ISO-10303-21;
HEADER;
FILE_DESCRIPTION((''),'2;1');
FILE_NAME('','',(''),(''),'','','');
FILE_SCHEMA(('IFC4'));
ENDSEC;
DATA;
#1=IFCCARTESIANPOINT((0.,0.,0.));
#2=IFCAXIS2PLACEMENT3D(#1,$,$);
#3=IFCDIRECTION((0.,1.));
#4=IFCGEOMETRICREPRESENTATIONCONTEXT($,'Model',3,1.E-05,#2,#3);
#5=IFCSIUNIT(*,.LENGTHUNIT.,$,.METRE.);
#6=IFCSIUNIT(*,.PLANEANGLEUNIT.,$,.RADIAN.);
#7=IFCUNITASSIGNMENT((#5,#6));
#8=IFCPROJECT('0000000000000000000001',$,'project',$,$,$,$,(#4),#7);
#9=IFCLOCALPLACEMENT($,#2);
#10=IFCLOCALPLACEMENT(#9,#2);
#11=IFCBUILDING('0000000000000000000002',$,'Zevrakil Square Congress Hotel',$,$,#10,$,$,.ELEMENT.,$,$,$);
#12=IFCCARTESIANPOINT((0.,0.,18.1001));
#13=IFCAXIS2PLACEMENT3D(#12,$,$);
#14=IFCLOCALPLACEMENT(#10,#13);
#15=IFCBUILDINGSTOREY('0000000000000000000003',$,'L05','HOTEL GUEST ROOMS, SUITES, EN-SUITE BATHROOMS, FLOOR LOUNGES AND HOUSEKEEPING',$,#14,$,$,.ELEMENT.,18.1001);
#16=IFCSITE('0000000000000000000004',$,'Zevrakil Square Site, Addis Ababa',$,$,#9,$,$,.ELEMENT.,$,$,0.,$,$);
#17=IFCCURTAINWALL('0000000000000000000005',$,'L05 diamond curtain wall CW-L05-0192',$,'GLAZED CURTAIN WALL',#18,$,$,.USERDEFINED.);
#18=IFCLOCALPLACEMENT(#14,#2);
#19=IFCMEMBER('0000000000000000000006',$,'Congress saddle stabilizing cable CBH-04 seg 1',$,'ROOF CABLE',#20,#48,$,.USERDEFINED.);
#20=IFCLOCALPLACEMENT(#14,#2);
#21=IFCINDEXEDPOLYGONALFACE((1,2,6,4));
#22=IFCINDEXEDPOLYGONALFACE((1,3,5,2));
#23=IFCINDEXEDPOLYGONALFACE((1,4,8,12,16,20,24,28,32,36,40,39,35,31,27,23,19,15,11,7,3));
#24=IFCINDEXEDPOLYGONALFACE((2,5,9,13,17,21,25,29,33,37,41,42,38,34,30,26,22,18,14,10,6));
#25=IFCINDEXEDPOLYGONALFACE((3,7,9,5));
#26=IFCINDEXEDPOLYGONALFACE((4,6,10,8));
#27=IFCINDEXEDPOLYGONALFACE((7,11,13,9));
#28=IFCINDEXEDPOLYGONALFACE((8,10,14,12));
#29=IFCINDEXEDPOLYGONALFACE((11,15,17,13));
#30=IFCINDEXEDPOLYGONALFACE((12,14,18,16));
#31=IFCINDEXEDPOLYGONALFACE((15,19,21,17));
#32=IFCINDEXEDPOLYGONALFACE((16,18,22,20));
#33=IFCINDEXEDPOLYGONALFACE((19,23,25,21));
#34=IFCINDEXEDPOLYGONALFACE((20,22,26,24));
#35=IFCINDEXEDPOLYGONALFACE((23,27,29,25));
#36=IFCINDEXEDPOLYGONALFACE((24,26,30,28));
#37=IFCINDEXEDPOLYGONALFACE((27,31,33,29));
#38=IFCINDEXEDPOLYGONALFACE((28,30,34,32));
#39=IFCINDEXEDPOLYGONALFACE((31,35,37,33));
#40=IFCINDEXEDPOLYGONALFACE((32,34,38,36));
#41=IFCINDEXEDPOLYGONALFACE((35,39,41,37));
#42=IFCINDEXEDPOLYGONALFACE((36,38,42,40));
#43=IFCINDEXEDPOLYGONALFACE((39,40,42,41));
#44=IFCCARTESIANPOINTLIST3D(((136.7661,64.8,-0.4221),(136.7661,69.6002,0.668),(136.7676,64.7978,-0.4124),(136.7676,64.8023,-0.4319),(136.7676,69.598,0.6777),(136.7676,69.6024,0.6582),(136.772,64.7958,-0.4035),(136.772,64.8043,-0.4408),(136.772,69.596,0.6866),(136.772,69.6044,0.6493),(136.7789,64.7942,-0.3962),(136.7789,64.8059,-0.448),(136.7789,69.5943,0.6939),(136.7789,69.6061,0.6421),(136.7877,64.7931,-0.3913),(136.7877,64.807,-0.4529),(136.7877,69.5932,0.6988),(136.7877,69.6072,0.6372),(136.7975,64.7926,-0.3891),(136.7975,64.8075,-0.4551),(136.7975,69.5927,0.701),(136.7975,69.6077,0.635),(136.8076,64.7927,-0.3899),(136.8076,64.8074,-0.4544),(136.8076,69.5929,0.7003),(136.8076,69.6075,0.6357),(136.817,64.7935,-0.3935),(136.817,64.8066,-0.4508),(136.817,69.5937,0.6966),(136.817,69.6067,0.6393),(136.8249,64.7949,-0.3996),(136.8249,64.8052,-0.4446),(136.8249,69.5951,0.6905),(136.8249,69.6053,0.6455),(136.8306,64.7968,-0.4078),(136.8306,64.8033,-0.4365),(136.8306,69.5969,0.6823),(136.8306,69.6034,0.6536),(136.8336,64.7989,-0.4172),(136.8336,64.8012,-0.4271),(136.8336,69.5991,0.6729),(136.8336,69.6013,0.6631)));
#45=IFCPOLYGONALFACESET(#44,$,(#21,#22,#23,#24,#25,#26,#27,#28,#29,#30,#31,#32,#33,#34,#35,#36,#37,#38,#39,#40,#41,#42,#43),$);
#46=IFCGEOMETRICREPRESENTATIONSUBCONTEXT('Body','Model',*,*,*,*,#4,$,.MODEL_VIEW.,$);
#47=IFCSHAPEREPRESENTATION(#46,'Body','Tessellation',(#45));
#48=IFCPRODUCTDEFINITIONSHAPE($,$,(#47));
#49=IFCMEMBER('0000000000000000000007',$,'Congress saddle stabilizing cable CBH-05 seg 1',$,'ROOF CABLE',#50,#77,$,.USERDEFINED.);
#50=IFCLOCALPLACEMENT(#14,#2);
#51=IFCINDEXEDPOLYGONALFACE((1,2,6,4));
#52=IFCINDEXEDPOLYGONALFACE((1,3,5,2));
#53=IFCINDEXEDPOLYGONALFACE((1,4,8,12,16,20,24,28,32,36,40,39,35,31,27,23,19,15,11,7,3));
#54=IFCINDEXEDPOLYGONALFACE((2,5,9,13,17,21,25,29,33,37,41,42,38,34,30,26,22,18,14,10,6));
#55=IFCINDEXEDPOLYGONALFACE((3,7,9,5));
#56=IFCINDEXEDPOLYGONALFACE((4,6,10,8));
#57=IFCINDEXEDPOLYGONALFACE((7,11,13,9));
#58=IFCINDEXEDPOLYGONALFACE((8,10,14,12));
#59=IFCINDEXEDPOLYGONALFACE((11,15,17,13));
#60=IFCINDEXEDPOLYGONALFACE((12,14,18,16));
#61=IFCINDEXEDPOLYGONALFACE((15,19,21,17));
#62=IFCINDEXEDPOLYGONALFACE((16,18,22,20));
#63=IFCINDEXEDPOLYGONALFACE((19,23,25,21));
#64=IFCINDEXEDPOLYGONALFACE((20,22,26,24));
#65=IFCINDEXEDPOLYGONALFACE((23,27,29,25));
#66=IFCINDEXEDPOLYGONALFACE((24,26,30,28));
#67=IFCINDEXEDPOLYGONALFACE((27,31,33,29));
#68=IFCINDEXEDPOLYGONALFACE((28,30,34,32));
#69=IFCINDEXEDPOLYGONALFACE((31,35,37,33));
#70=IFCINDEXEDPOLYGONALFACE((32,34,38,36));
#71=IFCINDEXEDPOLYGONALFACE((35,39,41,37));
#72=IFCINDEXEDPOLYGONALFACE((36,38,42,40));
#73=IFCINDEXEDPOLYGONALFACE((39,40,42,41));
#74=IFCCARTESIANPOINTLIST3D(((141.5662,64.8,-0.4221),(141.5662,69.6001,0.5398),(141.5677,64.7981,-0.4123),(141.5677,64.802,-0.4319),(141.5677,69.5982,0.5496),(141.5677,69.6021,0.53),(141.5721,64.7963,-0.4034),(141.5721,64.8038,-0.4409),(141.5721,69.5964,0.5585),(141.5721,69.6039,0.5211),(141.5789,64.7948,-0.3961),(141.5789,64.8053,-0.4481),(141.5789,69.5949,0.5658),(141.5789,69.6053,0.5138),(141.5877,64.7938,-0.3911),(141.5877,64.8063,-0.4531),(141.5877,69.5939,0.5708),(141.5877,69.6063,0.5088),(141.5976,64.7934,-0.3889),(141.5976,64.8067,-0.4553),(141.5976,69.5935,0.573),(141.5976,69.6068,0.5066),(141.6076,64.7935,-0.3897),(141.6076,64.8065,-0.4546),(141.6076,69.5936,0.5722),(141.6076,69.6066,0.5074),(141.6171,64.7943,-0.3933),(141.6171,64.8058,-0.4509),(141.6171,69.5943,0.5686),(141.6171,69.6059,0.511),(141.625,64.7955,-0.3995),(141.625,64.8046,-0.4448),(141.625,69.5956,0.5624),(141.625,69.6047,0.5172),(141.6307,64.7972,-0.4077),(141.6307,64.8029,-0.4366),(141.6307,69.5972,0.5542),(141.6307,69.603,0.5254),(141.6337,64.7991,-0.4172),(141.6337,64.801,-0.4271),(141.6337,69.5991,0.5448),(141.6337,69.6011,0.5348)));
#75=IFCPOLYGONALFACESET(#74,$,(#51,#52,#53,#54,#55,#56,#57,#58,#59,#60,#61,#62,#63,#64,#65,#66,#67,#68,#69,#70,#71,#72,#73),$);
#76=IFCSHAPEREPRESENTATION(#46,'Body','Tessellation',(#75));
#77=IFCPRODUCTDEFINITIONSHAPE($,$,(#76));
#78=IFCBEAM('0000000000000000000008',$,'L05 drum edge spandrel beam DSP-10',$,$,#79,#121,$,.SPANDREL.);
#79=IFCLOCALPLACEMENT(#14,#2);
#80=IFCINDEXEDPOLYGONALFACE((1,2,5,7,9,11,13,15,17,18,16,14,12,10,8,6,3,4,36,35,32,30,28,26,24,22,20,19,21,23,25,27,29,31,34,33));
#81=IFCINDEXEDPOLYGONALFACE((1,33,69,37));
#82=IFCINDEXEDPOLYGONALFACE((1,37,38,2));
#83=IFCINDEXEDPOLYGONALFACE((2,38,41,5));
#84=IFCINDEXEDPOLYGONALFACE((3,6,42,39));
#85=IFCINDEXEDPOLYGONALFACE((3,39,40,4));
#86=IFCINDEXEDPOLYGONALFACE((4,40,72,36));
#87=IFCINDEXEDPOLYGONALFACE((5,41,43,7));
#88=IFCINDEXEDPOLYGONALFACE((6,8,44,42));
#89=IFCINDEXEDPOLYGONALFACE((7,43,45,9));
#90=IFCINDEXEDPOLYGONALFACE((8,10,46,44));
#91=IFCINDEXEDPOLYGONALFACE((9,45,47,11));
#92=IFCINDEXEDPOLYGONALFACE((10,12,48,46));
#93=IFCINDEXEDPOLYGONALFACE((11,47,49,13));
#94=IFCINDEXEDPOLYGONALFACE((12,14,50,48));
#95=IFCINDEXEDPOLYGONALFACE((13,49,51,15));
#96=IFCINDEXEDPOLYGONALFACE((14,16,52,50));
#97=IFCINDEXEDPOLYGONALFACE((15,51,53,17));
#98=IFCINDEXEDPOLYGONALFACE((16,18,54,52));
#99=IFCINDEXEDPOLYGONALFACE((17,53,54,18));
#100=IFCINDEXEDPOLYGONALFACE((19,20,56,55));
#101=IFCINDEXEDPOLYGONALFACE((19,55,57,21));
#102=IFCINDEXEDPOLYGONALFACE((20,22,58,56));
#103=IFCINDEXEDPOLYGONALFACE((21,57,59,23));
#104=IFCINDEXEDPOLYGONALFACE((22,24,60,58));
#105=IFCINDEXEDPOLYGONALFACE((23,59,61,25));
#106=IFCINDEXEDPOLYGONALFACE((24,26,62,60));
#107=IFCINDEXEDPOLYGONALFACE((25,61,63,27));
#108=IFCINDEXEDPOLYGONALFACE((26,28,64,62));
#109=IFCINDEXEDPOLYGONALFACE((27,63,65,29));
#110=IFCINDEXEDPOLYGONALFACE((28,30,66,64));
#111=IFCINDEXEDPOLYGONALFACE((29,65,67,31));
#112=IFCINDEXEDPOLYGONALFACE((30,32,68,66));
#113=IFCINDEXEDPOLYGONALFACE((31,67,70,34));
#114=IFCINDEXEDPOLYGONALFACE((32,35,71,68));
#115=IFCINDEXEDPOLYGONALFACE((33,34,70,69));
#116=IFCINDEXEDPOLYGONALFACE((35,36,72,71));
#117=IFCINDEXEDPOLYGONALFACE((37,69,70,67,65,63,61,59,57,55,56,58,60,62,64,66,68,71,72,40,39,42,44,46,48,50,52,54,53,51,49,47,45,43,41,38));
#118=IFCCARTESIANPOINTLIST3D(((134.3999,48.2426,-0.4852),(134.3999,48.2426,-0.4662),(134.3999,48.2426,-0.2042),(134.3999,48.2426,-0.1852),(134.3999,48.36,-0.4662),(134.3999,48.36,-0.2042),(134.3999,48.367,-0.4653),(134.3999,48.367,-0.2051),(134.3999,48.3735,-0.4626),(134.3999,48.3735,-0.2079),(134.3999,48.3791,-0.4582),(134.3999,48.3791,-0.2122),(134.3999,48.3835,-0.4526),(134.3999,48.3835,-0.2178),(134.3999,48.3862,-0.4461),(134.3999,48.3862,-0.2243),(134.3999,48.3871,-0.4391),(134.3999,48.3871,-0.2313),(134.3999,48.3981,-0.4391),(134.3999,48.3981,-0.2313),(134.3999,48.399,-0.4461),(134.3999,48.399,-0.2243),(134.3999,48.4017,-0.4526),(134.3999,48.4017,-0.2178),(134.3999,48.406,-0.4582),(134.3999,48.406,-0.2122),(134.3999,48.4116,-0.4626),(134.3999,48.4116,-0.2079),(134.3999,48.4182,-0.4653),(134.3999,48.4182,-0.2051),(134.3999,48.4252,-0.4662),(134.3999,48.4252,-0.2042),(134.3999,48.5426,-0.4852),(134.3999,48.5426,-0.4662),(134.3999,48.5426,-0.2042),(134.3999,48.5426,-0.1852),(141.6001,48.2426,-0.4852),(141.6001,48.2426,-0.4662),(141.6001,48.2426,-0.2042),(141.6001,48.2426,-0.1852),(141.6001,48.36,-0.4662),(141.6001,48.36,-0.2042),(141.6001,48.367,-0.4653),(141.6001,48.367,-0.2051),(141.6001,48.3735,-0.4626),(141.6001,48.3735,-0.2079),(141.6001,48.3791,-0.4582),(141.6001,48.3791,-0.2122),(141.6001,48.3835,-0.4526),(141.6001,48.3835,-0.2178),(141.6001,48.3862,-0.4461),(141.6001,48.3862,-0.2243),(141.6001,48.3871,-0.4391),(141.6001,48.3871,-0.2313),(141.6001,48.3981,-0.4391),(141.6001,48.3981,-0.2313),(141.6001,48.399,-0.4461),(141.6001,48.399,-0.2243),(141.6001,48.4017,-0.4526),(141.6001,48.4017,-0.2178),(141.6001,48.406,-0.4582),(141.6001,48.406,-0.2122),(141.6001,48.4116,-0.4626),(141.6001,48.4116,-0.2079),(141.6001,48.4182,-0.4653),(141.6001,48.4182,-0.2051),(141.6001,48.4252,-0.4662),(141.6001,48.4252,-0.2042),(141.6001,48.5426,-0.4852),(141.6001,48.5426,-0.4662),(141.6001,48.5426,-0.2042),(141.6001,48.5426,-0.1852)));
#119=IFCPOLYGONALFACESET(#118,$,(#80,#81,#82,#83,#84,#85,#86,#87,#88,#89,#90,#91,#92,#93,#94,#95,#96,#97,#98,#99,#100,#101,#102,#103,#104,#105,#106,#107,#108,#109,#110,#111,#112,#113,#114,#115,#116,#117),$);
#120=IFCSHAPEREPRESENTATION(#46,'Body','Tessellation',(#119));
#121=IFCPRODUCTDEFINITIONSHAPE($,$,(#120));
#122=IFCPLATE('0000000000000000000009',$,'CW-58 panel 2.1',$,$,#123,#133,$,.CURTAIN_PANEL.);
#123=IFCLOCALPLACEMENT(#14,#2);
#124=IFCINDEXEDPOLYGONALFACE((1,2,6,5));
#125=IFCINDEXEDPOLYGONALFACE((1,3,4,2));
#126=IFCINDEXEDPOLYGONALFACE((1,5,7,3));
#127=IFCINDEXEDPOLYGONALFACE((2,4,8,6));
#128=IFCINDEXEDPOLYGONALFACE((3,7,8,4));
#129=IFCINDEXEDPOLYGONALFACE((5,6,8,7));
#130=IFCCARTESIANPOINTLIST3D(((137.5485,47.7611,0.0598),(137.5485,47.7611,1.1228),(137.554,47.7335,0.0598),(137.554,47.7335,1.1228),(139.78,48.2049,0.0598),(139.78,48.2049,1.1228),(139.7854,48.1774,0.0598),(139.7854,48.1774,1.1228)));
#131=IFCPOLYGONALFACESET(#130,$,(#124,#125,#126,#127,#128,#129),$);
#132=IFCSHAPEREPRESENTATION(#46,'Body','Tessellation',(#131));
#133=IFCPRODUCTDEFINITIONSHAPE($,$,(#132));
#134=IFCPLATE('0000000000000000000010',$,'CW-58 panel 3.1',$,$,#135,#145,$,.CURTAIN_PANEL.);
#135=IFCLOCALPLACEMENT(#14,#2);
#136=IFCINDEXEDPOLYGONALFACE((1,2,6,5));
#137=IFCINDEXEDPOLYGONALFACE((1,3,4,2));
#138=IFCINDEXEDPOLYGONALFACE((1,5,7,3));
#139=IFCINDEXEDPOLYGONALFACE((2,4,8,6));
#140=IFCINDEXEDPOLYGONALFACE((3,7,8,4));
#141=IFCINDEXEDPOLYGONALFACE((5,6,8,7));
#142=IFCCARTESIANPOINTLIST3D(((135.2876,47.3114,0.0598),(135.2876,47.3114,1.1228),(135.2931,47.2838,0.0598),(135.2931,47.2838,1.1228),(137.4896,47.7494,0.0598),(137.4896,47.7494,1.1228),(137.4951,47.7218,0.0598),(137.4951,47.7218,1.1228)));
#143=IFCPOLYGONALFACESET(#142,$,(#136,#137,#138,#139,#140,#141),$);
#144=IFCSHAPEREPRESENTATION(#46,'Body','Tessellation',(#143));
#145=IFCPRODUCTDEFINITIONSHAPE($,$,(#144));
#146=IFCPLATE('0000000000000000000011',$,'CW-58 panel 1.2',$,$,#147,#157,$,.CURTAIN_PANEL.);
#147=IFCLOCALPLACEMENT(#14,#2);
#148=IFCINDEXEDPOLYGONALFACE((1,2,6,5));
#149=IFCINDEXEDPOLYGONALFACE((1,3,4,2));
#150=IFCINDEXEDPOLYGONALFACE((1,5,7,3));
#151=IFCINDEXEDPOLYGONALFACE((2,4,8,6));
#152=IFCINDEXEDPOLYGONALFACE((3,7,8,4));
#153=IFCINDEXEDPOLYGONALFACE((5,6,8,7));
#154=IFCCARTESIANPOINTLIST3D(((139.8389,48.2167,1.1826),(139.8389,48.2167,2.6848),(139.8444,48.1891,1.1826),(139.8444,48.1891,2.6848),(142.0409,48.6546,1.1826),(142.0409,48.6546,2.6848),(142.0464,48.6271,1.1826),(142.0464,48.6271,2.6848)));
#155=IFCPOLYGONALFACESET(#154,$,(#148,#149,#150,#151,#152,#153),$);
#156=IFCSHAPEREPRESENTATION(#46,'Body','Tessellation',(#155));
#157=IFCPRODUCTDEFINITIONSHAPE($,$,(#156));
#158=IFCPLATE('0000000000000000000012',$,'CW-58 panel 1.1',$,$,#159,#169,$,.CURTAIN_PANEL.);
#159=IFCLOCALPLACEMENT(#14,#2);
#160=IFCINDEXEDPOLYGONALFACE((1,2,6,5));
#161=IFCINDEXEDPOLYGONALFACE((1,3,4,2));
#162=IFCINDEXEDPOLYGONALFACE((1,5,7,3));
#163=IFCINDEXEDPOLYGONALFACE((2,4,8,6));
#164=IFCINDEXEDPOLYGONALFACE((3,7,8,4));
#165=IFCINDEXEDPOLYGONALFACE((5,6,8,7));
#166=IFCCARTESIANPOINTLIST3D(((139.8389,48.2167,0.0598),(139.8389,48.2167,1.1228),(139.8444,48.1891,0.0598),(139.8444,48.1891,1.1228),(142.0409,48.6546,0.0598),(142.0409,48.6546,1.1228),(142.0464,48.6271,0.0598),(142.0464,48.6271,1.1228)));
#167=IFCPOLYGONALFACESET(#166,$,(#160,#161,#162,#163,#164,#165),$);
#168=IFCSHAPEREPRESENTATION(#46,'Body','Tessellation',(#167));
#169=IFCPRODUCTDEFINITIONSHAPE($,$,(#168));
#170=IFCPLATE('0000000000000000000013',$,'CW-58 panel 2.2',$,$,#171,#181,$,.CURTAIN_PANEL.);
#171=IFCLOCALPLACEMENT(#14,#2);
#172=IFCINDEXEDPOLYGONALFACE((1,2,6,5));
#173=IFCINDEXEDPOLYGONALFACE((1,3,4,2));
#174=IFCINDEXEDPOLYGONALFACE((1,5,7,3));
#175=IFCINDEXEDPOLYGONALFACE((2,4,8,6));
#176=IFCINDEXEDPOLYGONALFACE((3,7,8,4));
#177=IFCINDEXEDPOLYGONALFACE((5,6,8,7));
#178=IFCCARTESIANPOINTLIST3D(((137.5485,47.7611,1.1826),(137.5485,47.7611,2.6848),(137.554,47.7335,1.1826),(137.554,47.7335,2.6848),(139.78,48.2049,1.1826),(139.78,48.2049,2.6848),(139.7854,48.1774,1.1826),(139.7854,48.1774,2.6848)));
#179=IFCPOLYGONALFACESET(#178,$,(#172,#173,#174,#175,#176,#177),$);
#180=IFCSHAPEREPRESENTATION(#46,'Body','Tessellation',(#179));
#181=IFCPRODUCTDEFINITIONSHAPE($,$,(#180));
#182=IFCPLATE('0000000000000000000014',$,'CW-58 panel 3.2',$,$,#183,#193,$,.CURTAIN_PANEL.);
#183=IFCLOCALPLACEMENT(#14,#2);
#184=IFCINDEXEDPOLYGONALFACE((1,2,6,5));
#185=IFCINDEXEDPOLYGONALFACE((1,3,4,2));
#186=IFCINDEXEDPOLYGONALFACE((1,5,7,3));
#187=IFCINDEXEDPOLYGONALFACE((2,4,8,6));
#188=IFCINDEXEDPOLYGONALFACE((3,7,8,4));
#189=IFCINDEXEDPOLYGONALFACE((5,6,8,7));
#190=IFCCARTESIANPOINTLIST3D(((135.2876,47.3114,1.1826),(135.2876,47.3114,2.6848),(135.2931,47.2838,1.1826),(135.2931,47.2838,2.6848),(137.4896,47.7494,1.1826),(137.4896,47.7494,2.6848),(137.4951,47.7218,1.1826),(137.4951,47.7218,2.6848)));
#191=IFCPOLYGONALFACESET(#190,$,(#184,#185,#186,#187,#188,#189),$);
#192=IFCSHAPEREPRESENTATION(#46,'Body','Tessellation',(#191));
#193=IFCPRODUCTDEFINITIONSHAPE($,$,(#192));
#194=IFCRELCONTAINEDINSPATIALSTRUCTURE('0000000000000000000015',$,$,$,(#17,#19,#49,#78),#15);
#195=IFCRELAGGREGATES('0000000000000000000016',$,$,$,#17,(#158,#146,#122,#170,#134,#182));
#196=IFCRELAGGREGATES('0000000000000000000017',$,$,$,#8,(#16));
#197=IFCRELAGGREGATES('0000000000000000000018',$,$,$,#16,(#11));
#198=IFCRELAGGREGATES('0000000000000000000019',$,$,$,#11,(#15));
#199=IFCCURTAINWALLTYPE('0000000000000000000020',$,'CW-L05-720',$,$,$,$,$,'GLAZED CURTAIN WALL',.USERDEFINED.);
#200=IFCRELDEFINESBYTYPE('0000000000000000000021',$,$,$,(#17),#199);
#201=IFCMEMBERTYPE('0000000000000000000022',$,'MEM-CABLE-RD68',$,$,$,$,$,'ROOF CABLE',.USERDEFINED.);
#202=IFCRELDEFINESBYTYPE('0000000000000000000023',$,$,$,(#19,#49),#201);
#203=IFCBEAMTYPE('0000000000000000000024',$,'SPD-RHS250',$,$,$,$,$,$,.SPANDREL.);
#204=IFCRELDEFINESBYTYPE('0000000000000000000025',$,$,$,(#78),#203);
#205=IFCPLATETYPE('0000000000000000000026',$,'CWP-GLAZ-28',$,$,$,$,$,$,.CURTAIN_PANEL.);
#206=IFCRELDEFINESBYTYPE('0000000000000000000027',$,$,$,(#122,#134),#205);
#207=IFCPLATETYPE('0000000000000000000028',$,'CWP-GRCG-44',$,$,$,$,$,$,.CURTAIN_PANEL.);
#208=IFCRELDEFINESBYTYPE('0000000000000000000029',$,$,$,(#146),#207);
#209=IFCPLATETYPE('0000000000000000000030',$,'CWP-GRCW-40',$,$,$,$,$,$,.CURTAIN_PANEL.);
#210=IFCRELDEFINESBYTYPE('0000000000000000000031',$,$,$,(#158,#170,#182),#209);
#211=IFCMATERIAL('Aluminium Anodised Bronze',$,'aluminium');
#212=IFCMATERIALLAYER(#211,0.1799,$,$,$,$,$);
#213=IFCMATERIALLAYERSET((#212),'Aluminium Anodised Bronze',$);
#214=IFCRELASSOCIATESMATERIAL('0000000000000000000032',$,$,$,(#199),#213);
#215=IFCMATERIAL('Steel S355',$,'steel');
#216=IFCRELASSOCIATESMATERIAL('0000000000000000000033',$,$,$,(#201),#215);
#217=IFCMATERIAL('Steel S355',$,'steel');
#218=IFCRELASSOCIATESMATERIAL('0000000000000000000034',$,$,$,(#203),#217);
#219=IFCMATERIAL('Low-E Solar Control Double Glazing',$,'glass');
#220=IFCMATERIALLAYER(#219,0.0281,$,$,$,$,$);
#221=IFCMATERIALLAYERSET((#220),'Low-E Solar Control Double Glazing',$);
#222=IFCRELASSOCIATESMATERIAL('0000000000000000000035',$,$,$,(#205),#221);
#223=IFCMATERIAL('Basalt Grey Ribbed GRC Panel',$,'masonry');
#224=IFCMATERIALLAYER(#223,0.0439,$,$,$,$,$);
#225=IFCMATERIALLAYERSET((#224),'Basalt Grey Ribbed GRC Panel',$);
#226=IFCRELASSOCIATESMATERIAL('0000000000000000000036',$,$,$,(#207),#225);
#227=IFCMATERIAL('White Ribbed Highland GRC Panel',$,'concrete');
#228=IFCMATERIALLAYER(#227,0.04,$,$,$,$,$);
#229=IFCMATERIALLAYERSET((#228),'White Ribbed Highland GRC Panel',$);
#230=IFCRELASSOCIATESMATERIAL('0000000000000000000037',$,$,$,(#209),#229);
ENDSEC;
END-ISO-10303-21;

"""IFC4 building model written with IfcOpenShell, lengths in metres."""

from ifc_helpers import new_model, si_unit, direction, frame, origin, origin_2d, place, context, subcontext, project, spatial, rectangle, circle, i_section, extrude, material, layer, layer_set, material_profile, profile_set, type_object, element, aggregate, save


model = new_model("IFC4")

# Units and contexts
model_context = context("Model", 3, precision=1e-05, world=origin(), true_north=direction((0.0, 1.0)))
body_context = subcontext(model_context, "Body", "Model", "MODEL_VIEW")
ifc_project = project(units=[si_unit("LENGTHUNIT", "METRE"), si_unit("PLANEANGLEUNIT", "RADIAN")], contexts=[model_context])

# Site, building, storey
site_placement = place(None, origin())
site = spatial("IfcSite", under=ifc_project, at=site_placement, Name="Zevrakil Square Site, Addis Ababa", CompositionType="ELEMENT", RefElevation=0.0)
building_placement = place(site_placement, origin())
building = spatial("IfcBuilding", under=site, at=building_placement, Name="Zevrakil Square Congress Hotel", CompositionType="ELEMENT")
storey_placement = place(building_placement, frame((0.0, 0.0, 18.1001)))
storey = spatial("IfcBuildingStorey", under=building, at=storey_placement, Name="L05", Description="HOTEL GUEST ROOMS, SUITES, EN-SUITE BATHROOMS, FLOOR LOUNGES AND HOUSEKEEPING", CompositionType="ELEMENT", Elevation=18.1001)

# Curtain wall
ifc_material_1 = material(Name="Aluminium Anodised Bronze", Category="aluminium")
ifc_layer_1 = layer(ifc_material_1, 0.1799)
ifc_layer_set_1 = layer_set([ifc_layer_1], Name="Aluminium Anodised Bronze")
curtain_wall_type_1 = type_object("IfcCurtainWallType", Name="CW-L05-720", ElementType="GLAZED CURTAIN WALL", PredefinedType="USERDEFINED", material=ifc_layer_set_1)
curtain_wall_1_placement = place(storey_placement, origin())
curtain_wall_1 = element("IfcCurtainWall", 1, at=curtain_wall_1_placement, inside=storey, type_object=curtain_wall_type_1, Name="L05 diamond curtain wall CW-L05-0192", ObjectType="GLAZED CURTAIN WALL", PredefinedType="USERDEFINED")

# Members
ifc_material_2 = material(Name="Steel S355", Category="steel")
ifc_material_profile_1 = material_profile(ifc_material_2, circle(Radius=0.0339, at=origin_2d()), Name="CABLE RD68")
ifc_profile_set_1 = profile_set([ifc_material_profile_1], Name="Steel S355")
member_type_1 = type_object("IfcMemberType", Name="MEM-CABLE-RD68", ElementType="ROOF CABLE", PredefinedType="USERDEFINED", material=ifc_profile_set_1)
member_1_placement = place(storey_placement, frame((136.8, 64.8, -0.4221), z_axis=(0.0, 0.975169, 0.22146), x_axis=(-1.0, 0.0, 0.0)))
element("IfcMember", 2, at=member_1_placement, inside=storey, type_object=member_type_1, Name="Congress saddle stabilizing cable CBH-04 seg 1", ObjectType="ROOF CABLE", PredefinedType="USERDEFINED", context=body_context, shape_type="SweptSolid", body=[
    extrude(circle(Radius=0.0339, at=origin_2d()), origin(), (0.0, 0.0, 1.0), 4.9224),
])
member_2_placement = place(storey_placement, frame((141.6001, 64.8, -0.4221), z_axis=(0.0, 0.980506, 0.19649), x_axis=(-1.0, 0.0, 0.0)))
element("IfcMember", 3, at=member_2_placement, inside=storey, type_object=member_type_1, Name="Congress saddle stabilizing cable CBH-05 seg 1", ObjectType="ROOF CABLE", PredefinedType="USERDEFINED", context=body_context, shape_type="SweptSolid", body=[
    extrude(circle(Radius=0.0339, at=origin_2d()), origin(), (0.0, 0.0, 1.0), 4.8955),
])

# Beam
ifc_material_3 = material(Name="Steel S355", Category="steel")
ifc_material_profile_2 = material_profile(ifc_material_3, i_section(OverallWidth=0.3, OverallDepth=0.3, WebThickness=0.011, FlangeThickness=0.019, FilletRadius=0.0271, at=origin_2d()), Name="HEB 300")
ifc_profile_set_2 = profile_set([ifc_material_profile_2], Name="Steel S355")
beam_type = type_object("IfcBeamType", Name="SPD-RHS250", PredefinedType="SPANDREL", material=ifc_profile_set_2)
beam_placement = place(storey_placement, frame((141.6001, 48.3926, -0.3352), z_axis=(-1.0, 0.0, 0.0), x_axis=(0.0, -1.0, 0.0)))
element("IfcBeam", 4, at=beam_placement, inside=storey, type_object=beam_type, Name="L05 drum edge spandrel beam DSP-10", PredefinedType="SPANDREL", context=body_context, shape_type="SweptSolid", body=[
    extrude(i_section(OverallWidth=0.3, OverallDepth=0.3, WebThickness=0.011, FlangeThickness=0.019, FilletRadius=0.0271, at=origin_2d()), origin(), (0.0, 0.0, 1.0), 7.2002),
])

# Plates
ifc_material_4 = material(Name="Low-E Solar Control Double Glazing", Category="glass")
ifc_layer_2 = layer(ifc_material_4, 0.0281)
ifc_layer_set_2 = layer_set([ifc_layer_2], Name="Low-E Solar Control Double Glazing")
plate_type_1 = type_object("IfcPlateType", Name="CWP-GLAZ-28", PredefinedType="CURTAIN_PANEL", material=ifc_layer_set_2)
plate_1_placement = place(storey_placement, frame((138.667, 47.9692, 0.0598), z_axis=(0.0, 0.0, 1.0), x_axis=(-0.980787, -0.195084, 0.0)))
plate_1 = element("IfcPlate", 5, at=plate_1_placement, type_object=plate_type_1, Name="CW-58 panel 2.1", PredefinedType="CURTAIN_PANEL", context=body_context, shape_type="SweptSolid", body=[
    extrude(rectangle(XDim=2.2751, YDim=0.0281, at=origin_2d()), origin(), (0.0, 0.0, 1.0), 1.063),
])
plate_2_placement = place(storey_placement, frame((136.3914, 47.5166, 0.0598), z_axis=(0.0, 0.0, 1.0), x_axis=(-0.980787, -0.195084, 0.0)))
plate_2 = element("IfcPlate", 6, at=plate_2_placement, type_object=plate_type_1, Name="CW-58 panel 3.1", PredefinedType="CURTAIN_PANEL", context=body_context, shape_type="SweptSolid", body=[
    extrude(rectangle(XDim=2.2451, YDim=0.0281, at=origin_2d()), origin(), (0.0, 0.0, 1.0), 1.063),
])
ifc_material_5 = material(Name="Basalt Grey Ribbed GRC Panel", Category="masonry")
ifc_layer_3 = layer(ifc_material_5, 0.0439)
ifc_layer_set_3 = layer_set([ifc_layer_3], Name="Basalt Grey Ribbed GRC Panel")
plate_type_2 = type_object("IfcPlateType", Name="CWP-GRCG-44", PredefinedType="CURTAIN_PANEL", material=ifc_layer_set_3)
plate_3_placement = place(storey_placement, frame((140.9426, 48.4219, 1.1826), z_axis=(0.0, 0.0, 1.0), x_axis=(-0.980787, -0.195084, 0.0)))
plate_3 = element("IfcPlate", 7, at=plate_3_placement, type_object=plate_type_2, Name="CW-58 panel 1.2", PredefinedType="CURTAIN_PANEL", context=body_context, shape_type="SweptSolid", body=[
    extrude(rectangle(XDim=2.2451, YDim=0.0281, at=origin_2d()), origin(), (0.0, 0.0, 1.0), 1.5022),
])
ifc_material_6 = material(Name="White Ribbed Highland GRC Panel", Category="concrete")
ifc_layer_4 = layer(ifc_material_6, 0.04)
ifc_layer_set_4 = layer_set([ifc_layer_4], Name="White Ribbed Highland GRC Panel")
plate_type_3 = type_object("IfcPlateType", Name="CWP-GRCW-40", PredefinedType="CURTAIN_PANEL", material=ifc_layer_set_4)
plate_4_placement = place(storey_placement, frame((140.9426, 48.4219, 0.0598), z_axis=(0.0, 0.0, 1.0), x_axis=(-0.980787, -0.195084, 0.0)))
plate_4 = element("IfcPlate", 8, at=plate_4_placement, type_object=plate_type_3, Name="CW-58 panel 1.1", PredefinedType="CURTAIN_PANEL", context=body_context, shape_type="SweptSolid", body=[
    extrude(rectangle(XDim=2.2451, YDim=0.0281, at=origin_2d()), origin(), (0.0, 0.0, 1.0), 1.063),
])
plate_5_placement = place(storey_placement, frame((138.667, 47.9692, 1.1826), z_axis=(0.0, 0.0, 1.0), x_axis=(-0.980787, -0.195084, 0.0)))
plate_5 = element("IfcPlate", 9, at=plate_5_placement, type_object=plate_type_3, Name="CW-58 panel 2.2", PredefinedType="CURTAIN_PANEL", context=body_context, shape_type="SweptSolid", body=[
    extrude(rectangle(XDim=2.2751, YDim=0.0281, at=origin_2d()), origin(), (0.0, 0.0, 1.0), 1.5022),
])
plate_6_placement = place(storey_placement, frame((136.3914, 47.5166, 1.1826), z_axis=(0.0, 0.0, 1.0), x_axis=(-0.980787, -0.195084, 0.0)))
plate_6 = element("IfcPlate", 10, at=plate_6_placement, type_object=plate_type_3, Name="CW-58 panel 3.2", PredefinedType="CURTAIN_PANEL", context=body_context, shape_type="SweptSolid", body=[
    extrude(rectangle(XDim=2.2451, YDim=0.0281, at=origin_2d()), origin(), (0.0, 0.0, 1.0), 1.5022),
])
aggregate(curtain_wall_1, [plate_4, plate_3, plate_1, plate_5, plate_2, plate_6])

save(model, "model.ifc")
